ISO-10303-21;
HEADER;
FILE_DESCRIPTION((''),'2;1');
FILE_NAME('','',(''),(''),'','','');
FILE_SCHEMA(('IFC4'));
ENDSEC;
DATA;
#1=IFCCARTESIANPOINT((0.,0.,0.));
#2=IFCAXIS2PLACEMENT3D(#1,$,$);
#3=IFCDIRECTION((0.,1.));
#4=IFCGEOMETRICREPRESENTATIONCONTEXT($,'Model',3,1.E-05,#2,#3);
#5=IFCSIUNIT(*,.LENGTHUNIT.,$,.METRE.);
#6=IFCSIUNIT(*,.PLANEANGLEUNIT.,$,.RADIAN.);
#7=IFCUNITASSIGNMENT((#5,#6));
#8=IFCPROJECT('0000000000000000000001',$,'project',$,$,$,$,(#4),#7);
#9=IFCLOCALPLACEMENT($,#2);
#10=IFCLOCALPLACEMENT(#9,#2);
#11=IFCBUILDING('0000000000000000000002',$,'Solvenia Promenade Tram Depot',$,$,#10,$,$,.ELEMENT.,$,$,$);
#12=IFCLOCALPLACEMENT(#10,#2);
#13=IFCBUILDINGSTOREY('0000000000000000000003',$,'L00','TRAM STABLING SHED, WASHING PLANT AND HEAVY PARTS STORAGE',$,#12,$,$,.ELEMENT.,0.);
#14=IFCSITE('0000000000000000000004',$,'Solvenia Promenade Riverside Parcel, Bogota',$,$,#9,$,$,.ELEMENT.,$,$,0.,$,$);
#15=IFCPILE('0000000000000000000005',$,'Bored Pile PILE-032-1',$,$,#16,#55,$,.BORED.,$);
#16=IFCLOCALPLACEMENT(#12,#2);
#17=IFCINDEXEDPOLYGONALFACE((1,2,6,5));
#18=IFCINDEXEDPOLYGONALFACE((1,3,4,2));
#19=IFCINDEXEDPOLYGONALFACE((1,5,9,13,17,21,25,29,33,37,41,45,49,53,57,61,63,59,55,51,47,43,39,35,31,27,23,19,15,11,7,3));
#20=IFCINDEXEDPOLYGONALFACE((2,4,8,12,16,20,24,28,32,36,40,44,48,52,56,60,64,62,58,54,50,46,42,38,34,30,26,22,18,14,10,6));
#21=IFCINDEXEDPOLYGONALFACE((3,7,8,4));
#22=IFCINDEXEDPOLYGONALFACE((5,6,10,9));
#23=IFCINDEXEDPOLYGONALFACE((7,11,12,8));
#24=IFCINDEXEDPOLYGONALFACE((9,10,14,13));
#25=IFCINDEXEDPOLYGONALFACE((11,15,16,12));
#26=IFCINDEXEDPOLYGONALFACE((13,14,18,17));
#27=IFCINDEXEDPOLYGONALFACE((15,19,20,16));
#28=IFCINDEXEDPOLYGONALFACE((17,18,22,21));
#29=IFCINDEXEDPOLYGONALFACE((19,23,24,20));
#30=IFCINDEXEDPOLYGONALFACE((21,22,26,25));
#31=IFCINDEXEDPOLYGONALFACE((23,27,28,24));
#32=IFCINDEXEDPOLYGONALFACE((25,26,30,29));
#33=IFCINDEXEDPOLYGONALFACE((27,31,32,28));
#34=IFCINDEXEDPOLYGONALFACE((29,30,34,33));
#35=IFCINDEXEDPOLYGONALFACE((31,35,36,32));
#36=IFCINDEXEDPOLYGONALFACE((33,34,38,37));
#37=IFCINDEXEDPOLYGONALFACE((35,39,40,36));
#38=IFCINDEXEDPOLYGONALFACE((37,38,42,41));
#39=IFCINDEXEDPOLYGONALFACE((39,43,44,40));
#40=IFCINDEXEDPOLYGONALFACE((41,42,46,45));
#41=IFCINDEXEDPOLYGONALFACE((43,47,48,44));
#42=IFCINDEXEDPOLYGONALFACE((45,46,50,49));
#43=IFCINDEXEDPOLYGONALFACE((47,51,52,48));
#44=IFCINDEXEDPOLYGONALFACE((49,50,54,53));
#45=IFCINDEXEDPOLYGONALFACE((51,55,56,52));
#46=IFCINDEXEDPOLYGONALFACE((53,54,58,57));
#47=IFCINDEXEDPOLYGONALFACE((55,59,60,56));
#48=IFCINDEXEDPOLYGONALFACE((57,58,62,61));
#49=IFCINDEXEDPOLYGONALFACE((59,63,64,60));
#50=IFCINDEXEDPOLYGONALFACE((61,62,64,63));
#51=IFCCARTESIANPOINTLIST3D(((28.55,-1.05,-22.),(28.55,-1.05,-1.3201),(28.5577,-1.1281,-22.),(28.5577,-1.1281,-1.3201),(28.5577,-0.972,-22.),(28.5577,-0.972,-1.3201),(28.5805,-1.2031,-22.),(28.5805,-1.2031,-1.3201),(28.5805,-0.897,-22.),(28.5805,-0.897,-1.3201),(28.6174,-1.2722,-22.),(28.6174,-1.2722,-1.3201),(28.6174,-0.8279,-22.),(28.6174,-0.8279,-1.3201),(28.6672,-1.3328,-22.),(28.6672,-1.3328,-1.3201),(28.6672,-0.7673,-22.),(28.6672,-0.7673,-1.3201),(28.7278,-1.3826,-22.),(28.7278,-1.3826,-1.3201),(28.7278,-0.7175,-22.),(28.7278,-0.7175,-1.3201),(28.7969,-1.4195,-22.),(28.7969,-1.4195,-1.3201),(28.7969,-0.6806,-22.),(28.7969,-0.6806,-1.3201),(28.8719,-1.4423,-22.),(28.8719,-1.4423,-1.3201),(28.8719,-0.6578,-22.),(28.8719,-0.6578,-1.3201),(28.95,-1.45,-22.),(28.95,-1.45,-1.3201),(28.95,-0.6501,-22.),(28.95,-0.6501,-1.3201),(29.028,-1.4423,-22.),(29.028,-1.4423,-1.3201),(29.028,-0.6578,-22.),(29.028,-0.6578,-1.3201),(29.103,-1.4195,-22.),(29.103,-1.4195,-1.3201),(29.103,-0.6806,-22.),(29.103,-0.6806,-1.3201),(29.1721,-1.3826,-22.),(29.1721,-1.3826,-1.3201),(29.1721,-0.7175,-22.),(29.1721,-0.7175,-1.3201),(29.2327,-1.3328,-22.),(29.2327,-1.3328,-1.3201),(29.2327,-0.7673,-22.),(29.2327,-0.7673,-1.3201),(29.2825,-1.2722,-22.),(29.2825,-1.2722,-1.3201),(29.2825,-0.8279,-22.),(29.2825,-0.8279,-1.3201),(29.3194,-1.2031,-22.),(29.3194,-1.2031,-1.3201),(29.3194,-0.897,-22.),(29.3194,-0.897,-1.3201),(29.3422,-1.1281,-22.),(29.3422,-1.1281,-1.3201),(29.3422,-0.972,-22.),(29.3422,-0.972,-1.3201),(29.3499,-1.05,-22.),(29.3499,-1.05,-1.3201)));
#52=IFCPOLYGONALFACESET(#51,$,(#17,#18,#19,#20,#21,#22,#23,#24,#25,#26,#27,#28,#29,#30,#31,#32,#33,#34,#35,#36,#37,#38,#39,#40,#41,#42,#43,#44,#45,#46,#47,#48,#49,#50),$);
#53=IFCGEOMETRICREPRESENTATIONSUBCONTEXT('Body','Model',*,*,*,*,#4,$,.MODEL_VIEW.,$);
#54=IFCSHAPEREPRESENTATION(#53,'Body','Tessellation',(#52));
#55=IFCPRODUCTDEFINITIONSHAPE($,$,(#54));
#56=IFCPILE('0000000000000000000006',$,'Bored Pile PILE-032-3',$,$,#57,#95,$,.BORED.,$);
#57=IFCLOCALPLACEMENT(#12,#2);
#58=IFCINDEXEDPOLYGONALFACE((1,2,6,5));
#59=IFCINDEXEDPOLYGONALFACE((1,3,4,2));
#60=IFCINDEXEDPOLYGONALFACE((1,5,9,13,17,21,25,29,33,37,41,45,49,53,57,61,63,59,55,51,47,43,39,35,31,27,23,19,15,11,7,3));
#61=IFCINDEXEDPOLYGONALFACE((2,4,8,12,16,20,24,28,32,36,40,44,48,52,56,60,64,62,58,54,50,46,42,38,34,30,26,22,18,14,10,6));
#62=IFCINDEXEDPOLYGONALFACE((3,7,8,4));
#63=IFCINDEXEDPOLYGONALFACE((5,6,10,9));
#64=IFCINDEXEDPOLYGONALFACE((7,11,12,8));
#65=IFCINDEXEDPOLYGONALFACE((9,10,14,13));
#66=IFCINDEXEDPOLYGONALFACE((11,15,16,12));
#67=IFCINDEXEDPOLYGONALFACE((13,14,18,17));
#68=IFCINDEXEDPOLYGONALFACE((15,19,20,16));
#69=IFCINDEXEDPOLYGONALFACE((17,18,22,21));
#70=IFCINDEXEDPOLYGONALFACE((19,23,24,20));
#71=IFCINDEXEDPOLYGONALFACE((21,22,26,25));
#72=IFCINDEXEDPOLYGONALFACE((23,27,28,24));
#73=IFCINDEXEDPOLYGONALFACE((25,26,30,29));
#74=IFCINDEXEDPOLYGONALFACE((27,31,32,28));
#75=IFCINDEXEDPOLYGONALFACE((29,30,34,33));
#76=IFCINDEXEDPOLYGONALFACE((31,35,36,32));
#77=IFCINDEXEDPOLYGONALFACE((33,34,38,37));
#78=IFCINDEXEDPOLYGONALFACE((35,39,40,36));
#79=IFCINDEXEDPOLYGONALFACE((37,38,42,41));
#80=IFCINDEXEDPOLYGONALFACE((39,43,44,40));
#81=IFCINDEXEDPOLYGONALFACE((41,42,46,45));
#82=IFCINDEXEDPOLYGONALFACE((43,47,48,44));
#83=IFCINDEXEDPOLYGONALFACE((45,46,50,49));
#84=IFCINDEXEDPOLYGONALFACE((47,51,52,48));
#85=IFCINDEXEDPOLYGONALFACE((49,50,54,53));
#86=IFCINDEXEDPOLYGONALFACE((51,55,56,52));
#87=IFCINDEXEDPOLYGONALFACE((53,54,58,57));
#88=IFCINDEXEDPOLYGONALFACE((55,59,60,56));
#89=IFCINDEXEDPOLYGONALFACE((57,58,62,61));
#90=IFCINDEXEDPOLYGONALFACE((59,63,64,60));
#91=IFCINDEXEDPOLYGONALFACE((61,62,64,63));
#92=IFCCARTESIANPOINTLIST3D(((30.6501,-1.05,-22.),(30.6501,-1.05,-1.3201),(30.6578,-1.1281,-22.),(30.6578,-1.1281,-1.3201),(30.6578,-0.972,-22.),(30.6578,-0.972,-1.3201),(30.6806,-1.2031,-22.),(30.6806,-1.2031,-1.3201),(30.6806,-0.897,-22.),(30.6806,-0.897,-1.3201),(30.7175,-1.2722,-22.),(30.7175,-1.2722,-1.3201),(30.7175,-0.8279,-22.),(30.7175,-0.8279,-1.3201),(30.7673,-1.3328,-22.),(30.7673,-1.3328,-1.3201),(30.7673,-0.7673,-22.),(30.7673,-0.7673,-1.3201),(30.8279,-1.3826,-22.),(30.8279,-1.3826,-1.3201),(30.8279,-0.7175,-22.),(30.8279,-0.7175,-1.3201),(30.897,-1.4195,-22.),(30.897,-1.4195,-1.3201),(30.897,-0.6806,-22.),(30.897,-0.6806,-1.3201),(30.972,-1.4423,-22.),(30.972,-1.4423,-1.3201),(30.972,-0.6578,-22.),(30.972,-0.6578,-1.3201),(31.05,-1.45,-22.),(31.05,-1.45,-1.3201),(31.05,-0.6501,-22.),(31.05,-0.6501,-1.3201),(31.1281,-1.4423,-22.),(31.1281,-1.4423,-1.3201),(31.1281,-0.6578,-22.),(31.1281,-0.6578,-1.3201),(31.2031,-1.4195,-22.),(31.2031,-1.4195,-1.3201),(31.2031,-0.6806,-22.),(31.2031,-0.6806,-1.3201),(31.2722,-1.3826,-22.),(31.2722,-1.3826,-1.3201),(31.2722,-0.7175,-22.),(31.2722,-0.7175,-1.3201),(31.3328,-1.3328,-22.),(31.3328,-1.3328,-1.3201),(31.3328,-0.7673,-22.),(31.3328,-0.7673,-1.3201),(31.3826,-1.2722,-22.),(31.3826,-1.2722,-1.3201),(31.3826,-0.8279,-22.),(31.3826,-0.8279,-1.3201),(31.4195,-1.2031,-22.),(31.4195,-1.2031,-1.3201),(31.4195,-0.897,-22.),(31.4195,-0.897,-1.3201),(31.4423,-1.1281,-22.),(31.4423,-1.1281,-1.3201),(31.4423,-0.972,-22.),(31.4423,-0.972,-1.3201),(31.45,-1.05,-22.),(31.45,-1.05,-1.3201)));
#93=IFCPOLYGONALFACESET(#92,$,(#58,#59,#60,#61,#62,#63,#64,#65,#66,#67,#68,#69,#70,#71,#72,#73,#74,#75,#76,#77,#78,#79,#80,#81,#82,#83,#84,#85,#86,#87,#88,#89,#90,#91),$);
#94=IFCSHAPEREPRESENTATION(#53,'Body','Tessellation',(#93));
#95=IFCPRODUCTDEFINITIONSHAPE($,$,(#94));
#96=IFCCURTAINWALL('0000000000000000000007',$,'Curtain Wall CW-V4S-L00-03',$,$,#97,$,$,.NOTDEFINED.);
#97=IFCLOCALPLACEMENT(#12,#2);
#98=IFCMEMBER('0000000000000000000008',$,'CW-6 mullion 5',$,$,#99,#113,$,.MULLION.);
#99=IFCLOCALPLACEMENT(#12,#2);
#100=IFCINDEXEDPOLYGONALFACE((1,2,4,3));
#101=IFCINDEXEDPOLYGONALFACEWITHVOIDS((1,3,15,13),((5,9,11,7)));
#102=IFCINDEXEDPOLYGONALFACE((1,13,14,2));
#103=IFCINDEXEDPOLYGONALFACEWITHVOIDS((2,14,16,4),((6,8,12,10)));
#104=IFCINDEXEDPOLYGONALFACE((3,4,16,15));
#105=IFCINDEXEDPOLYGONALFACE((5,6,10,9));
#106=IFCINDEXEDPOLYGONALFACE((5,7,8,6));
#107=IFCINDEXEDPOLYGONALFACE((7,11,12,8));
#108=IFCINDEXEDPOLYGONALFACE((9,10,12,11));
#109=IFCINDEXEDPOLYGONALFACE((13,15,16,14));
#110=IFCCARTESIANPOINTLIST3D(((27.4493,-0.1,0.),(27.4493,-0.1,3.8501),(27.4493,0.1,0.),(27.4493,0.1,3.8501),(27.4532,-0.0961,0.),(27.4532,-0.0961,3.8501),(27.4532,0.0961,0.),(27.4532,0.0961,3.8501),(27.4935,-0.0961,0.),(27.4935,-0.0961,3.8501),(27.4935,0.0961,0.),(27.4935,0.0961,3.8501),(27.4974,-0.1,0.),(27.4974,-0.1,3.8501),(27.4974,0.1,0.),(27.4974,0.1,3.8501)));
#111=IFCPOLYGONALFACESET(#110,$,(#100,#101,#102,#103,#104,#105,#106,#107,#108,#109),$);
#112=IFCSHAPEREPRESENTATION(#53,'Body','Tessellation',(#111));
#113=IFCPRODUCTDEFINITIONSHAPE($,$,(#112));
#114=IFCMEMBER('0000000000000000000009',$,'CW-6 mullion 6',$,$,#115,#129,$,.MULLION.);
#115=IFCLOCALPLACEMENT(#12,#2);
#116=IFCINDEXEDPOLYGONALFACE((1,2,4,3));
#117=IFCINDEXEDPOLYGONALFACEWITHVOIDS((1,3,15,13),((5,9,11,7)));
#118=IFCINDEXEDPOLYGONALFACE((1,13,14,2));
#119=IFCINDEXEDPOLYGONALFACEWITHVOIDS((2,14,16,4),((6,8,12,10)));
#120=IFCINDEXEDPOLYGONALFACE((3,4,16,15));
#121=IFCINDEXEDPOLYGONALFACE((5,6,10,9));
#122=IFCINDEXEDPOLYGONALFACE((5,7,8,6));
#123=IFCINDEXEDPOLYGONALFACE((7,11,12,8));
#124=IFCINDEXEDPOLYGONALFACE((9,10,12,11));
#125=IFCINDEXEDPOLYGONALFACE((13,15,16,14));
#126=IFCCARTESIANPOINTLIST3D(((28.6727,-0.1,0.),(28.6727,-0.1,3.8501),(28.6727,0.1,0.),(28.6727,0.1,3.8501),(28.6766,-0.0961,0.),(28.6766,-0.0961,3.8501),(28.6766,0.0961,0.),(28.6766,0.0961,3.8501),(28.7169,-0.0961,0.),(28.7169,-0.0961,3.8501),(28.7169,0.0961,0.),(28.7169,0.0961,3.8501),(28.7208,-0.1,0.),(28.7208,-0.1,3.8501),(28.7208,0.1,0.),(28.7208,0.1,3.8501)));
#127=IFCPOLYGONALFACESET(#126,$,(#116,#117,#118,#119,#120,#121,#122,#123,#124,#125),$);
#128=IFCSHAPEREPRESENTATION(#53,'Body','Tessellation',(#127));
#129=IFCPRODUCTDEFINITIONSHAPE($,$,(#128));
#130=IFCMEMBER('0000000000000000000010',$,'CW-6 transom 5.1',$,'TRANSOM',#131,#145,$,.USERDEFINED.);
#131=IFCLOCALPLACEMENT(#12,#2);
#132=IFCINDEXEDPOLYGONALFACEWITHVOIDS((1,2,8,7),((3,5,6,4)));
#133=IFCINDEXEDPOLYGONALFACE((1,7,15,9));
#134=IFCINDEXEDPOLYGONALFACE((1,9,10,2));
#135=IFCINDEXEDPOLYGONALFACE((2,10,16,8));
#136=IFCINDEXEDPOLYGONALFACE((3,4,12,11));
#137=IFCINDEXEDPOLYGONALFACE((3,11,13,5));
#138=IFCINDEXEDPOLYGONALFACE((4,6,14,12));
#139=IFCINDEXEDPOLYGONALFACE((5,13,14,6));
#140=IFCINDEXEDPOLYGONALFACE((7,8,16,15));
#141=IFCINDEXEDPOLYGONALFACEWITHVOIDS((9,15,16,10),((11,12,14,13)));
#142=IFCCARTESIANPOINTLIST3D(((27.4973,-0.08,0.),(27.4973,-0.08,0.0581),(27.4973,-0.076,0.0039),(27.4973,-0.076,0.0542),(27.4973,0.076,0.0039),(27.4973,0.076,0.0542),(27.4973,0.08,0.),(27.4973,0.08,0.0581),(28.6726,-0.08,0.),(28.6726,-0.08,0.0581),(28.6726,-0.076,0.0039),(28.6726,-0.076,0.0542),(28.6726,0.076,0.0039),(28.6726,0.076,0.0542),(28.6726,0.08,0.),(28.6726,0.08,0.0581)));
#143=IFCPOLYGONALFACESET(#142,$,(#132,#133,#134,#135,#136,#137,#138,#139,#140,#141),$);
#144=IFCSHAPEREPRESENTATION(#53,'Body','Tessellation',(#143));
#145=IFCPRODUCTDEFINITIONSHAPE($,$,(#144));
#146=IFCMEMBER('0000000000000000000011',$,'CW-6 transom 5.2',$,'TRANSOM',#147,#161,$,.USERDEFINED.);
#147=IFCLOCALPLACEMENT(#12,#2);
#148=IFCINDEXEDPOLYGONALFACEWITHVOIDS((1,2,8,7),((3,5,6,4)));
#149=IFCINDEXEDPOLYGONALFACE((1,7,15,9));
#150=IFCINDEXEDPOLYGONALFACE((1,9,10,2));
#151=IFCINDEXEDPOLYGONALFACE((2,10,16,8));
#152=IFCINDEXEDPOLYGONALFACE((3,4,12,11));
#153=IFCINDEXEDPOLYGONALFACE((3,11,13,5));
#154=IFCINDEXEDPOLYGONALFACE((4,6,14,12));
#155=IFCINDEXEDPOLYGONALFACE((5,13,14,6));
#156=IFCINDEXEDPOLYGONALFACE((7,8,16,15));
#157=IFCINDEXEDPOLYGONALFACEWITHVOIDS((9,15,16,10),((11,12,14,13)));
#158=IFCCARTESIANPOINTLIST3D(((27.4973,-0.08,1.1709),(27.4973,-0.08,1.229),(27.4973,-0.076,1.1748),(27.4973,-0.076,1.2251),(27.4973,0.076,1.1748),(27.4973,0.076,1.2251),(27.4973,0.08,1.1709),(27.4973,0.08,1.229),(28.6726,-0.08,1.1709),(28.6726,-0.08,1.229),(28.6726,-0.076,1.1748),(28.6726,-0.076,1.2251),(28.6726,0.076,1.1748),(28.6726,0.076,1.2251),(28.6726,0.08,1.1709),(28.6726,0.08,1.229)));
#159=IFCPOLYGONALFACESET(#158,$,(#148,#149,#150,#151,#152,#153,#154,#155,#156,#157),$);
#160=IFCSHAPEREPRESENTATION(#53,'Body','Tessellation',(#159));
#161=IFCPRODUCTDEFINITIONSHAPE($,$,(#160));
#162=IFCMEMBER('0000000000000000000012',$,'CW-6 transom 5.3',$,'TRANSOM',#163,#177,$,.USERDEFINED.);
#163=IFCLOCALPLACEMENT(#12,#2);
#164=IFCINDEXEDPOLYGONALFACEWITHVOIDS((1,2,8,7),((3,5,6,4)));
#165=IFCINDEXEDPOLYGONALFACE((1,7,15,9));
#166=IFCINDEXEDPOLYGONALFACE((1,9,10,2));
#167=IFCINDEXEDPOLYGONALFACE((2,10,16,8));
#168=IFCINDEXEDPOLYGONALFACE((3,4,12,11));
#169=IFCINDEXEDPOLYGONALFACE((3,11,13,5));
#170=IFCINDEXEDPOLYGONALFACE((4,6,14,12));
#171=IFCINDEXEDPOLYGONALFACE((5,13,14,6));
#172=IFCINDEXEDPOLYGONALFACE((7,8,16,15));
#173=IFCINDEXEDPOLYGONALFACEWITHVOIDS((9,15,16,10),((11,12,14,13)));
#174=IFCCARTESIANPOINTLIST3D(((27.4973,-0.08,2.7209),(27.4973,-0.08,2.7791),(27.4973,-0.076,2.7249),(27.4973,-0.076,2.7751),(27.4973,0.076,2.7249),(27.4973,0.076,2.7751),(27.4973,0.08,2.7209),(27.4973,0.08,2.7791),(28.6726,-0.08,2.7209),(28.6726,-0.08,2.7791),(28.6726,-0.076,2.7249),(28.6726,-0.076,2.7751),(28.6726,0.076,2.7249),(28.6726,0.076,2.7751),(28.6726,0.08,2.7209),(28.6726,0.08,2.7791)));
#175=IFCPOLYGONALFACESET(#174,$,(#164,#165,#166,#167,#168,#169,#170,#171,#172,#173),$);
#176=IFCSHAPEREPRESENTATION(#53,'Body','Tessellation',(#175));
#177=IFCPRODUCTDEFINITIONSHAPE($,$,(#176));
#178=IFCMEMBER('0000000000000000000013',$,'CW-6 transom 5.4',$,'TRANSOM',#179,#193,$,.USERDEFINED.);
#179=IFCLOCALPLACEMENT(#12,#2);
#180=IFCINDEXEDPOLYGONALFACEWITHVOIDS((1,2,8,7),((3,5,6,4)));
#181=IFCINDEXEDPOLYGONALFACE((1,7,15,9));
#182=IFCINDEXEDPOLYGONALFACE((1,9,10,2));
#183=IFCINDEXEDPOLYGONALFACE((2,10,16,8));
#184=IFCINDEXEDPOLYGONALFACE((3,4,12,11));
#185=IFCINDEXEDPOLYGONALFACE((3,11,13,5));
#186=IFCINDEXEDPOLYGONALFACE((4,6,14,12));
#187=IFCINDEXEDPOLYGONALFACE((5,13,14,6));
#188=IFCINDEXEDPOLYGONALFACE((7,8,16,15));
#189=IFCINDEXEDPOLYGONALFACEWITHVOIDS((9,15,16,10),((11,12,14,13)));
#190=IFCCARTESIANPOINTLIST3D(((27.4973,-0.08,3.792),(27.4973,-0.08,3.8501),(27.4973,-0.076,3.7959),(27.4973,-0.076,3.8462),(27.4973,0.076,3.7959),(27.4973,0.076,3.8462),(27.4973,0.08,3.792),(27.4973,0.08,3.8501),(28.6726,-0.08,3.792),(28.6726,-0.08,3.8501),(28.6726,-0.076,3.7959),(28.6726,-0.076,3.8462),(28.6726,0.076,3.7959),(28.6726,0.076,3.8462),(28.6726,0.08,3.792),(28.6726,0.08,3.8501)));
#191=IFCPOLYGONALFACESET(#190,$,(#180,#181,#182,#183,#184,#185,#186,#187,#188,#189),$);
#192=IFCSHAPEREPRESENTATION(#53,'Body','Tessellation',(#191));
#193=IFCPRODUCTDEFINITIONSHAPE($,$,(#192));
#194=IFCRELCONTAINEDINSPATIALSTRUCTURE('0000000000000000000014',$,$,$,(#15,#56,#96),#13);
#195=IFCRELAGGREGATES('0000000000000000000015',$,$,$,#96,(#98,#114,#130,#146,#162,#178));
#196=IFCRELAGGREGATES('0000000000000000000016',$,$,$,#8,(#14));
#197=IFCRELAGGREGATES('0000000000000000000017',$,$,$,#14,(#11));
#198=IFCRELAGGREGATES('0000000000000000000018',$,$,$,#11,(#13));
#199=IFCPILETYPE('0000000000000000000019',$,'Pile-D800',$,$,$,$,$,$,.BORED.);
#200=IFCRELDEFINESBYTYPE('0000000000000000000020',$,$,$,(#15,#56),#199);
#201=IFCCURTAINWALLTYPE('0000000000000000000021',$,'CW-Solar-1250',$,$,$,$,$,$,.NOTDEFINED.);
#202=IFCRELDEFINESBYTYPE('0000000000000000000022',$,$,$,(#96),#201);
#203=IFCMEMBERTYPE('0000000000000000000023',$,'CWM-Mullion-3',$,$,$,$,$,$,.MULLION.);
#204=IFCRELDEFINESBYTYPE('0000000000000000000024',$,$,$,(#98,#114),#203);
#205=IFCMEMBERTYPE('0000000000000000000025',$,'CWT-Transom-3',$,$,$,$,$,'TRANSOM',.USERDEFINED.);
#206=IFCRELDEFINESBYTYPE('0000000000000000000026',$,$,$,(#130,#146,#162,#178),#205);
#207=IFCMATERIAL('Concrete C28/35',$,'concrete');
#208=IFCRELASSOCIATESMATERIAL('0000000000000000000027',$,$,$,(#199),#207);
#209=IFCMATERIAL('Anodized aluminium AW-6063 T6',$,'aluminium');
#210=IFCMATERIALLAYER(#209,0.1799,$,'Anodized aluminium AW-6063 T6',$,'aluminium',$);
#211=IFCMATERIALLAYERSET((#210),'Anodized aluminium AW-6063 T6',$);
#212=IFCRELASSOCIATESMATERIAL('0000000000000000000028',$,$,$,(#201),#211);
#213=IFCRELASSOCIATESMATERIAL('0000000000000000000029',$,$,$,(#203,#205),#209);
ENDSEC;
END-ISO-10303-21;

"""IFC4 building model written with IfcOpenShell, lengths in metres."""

from ifc_helpers import new_model, si_unit, direction, frame, origin, origin_2d, place, context, subcontext, project, spatial, hollow_rectangle, circle, extrude, material, layer, layer_set, material_profile, profile_set, type_object, element, aggregate, save


model = new_model("IFC4")

# Units and contexts
model_context = context("Model", 3, precision=1e-05, world=origin(), true_north=direction((0.0, 1.0)))
body_context = subcontext(model_context, "Body", "Model", "MODEL_VIEW")
ifc_project = project(units=[si_unit("LENGTHUNIT", "METRE"), si_unit("PLANEANGLEUNIT", "RADIAN")], contexts=[model_context])

# Site, building, storey
site_placement = place(None, origin())
site = spatial("IfcSite", under=ifc_project, at=site_placement, Name="Solvenia Promenade Riverside Parcel, Bogota", CompositionType="ELEMENT", RefElevation=0.0)
building_placement = place(site_placement, origin())
building = spatial("IfcBuilding", under=site, at=building_placement, Name="Solvenia Promenade Tram Depot", CompositionType="ELEMENT")
storey_placement = place(building_placement, origin())
storey = spatial("IfcBuildingStorey", under=building, at=storey_placement, Name="L00", Description="TRAM STABLING SHED, WASHING PLANT AND HEAVY PARTS STORAGE", CompositionType="ELEMENT", Elevation=0.0)

# Piles
ifc_material_1 = material(Name="Concrete C28/35", Category="concrete")
ifc_material_profile_1 = material_profile(ifc_material_1, circle(Radius=0.3999, at=origin_2d()), Name="D800", Category="concrete")
ifc_profile_set_1 = profile_set([ifc_material_profile_1], Name="Concrete C28/35")
pile_type = type_object("IfcPileType", Name="Pile-D800", PredefinedType="BORED", material=ifc_profile_set_1)
for number, where, z_axis, x_axis, name in (
    (1, (28.95, -1.05, -1.3201), (0.0, 0.0, -1.0), (1.0, 0.0, 0.0), "Bored Pile PILE-032-1"),
    (2, (31.05, -1.05, -1.3201), (0.0, 0.0, -1.0), (1.0, 0.0, 0.0), "Bored Pile PILE-032-3"),
):
    element("IfcPile", number, at=place(storey_placement, frame(where, z_axis=z_axis, x_axis=x_axis)), inside=storey, type_object=pile_type, Name=name, PredefinedType="BORED", context=body_context, shape_type="SweptSolid", body=[
        extrude(circle(Radius=0.3999, at=origin_2d()), origin(), (0.0, 0.0, 1.0), 20.6799),
    ])

# Curtain wall, members
ifc_material_2 = material(Name="Anodized aluminium AW-6063 T6", Category="aluminium")
ifc_layer_1 = layer(ifc_material_2, 0.1799, Name="Anodized aluminium AW-6063 T6", Category="aluminium")
ifc_layer_set_1 = layer_set([ifc_layer_1], Name="Anodized aluminium AW-6063 T6")
curtain_wall_type = type_object("IfcCurtainWallType", Name="CW-Solar-1250", PredefinedType="NOTDEFINED", material=ifc_layer_set_1)
curtain_wall_placement = place(storey_placement, origin())
curtain_wall = element("IfcCurtainWall", 3, at=curtain_wall_placement, inside=storey, type_object=curtain_wall_type, Name="Curtain Wall CW-V4S-L00-03", PredefinedType="NOTDEFINED")
ifc_material_profile_2 = material_profile(ifc_material_2, hollow_rectangle(XDim=0.2, YDim=0.0481, WallThickness=0.0039, at=origin_2d()), Name="ALU-M3", Category="aluminium")
ifc_profile_set_2 = profile_set([ifc_material_profile_2], Name="Anodized aluminium AW-6063 T6")
member_type_1 = type_object("IfcMemberType", Name="CWM-Mullion-3", PredefinedType="MULLION", material=ifc_profile_set_2)
member_1_placement = place(storey_placement, frame((27.4734, 0.0, 0.0), z_axis=(0.0, 0.0, 1.0), x_axis=(0.0, 1.0, 0.0)))
member_1 = element("IfcMember", 4, at=member_1_placement, type_object=member_type_1, Name="CW-6 mullion 5", PredefinedType="MULLION", context=body_context, shape_type="SweptSolid", body=[
    extrude(hollow_rectangle(XDim=0.2, YDim=0.0481, WallThickness=0.0039, at=origin_2d()), origin(), (0.0, 0.0, 1.0), 3.8501),
])
member_2_placement = place(storey_placement, frame((28.6968, 0.0, 0.0), z_axis=(0.0, 0.0, 1.0), x_axis=(0.0, 1.0, 0.0)))
member_2 = element("IfcMember", 5, at=member_2_placement, type_object=member_type_1, Name="CW-6 mullion 6", PredefinedType="MULLION", context=body_context, shape_type="SweptSolid", body=[
    extrude(hollow_rectangle(XDim=0.2, YDim=0.0481, WallThickness=0.0039, at=origin_2d()), origin(), (0.0, 0.0, 1.0), 3.8501),
])
ifc_material_profile_3 = material_profile(ifc_material_2, hollow_rectangle(XDim=0.1599, YDim=0.0581, WallThickness=0.0039, at=origin_2d()), Name="ALU-T3", Category="aluminium")
ifc_profile_set_3 = profile_set([ifc_material_profile_3], Name="Anodized aluminium AW-6063 T6")
member_type_2 = type_object("IfcMemberType", Name="CWT-Transom-3", ElementType="TRANSOM", PredefinedType="USERDEFINED", material=ifc_profile_set_3)
member_3_placement = place(storey_placement, frame((27.4973, 0.0, 0.0291), z_axis=(1.0, 0.0, 0.0), x_axis=(0.0, 1.0, 0.0)))
member_3 = element("IfcMember", 6, at=member_3_placement, type_object=member_type_2, Name="CW-6 transom 5.1", ObjectType="TRANSOM", PredefinedType="USERDEFINED", context=body_context, shape_type="SweptSolid", body=[
    extrude(hollow_rectangle(XDim=0.1599, YDim=0.0581, WallThickness=0.0039, at=origin_2d()), origin(), (0.0, 0.0, 1.0), 1.1753),
])
member_4_placement = place(storey_placement, frame((27.4973, 0.0, 1.2), z_axis=(1.0, 0.0, 0.0), x_axis=(0.0, 1.0, 0.0)))
member_4 = element("IfcMember", 7, at=member_4_placement, type_object=member_type_2, Name="CW-6 transom 5.2", ObjectType="TRANSOM", PredefinedType="USERDEFINED", context=body_context, shape_type="SweptSolid", body=[
    extrude(hollow_rectangle(XDim=0.1599, YDim=0.0581, WallThickness=0.0039, at=origin_2d()), origin(), (0.0, 0.0, 1.0), 1.1753),
])
member_5_placement = place(storey_placement, frame((27.4973, 0.0, 2.75), z_axis=(1.0, 0.0, 0.0), x_axis=(0.0, 1.0, 0.0)))
member_5 = element("IfcMember", 8, at=member_5_placement, type_object=member_type_2, Name="CW-6 transom 5.3", ObjectType="TRANSOM", PredefinedType="USERDEFINED", context=body_context, shape_type="SweptSolid", body=[
    extrude(hollow_rectangle(XDim=0.1599, YDim=0.0581, WallThickness=0.0039, at=origin_2d()), origin(), (0.0, 0.0, 1.0), 1.1753),
])
member_6_placement = place(storey_placement, frame((27.4973, 0.0, 3.821), z_axis=(1.0, 0.0, 0.0), x_axis=(0.0, 1.0, 0.0)))
member_6 = element("IfcMember", 9, at=member_6_placement, type_object=member_type_2, Name="CW-6 transom 5.4", ObjectType="TRANSOM", PredefinedType="USERDEFINED", context=body_context, shape_type="SweptSolid", body=[
    extrude(hollow_rectangle(XDim=0.1599, YDim=0.0581, WallThickness=0.0039, at=origin_2d()), origin(), (0.0, 0.0, 1.0), 1.1753),
])
aggregate(curtain_wall, [member_1, member_2, member_3, member_4, member_5, member_6])

save(model, "model.ifc")
